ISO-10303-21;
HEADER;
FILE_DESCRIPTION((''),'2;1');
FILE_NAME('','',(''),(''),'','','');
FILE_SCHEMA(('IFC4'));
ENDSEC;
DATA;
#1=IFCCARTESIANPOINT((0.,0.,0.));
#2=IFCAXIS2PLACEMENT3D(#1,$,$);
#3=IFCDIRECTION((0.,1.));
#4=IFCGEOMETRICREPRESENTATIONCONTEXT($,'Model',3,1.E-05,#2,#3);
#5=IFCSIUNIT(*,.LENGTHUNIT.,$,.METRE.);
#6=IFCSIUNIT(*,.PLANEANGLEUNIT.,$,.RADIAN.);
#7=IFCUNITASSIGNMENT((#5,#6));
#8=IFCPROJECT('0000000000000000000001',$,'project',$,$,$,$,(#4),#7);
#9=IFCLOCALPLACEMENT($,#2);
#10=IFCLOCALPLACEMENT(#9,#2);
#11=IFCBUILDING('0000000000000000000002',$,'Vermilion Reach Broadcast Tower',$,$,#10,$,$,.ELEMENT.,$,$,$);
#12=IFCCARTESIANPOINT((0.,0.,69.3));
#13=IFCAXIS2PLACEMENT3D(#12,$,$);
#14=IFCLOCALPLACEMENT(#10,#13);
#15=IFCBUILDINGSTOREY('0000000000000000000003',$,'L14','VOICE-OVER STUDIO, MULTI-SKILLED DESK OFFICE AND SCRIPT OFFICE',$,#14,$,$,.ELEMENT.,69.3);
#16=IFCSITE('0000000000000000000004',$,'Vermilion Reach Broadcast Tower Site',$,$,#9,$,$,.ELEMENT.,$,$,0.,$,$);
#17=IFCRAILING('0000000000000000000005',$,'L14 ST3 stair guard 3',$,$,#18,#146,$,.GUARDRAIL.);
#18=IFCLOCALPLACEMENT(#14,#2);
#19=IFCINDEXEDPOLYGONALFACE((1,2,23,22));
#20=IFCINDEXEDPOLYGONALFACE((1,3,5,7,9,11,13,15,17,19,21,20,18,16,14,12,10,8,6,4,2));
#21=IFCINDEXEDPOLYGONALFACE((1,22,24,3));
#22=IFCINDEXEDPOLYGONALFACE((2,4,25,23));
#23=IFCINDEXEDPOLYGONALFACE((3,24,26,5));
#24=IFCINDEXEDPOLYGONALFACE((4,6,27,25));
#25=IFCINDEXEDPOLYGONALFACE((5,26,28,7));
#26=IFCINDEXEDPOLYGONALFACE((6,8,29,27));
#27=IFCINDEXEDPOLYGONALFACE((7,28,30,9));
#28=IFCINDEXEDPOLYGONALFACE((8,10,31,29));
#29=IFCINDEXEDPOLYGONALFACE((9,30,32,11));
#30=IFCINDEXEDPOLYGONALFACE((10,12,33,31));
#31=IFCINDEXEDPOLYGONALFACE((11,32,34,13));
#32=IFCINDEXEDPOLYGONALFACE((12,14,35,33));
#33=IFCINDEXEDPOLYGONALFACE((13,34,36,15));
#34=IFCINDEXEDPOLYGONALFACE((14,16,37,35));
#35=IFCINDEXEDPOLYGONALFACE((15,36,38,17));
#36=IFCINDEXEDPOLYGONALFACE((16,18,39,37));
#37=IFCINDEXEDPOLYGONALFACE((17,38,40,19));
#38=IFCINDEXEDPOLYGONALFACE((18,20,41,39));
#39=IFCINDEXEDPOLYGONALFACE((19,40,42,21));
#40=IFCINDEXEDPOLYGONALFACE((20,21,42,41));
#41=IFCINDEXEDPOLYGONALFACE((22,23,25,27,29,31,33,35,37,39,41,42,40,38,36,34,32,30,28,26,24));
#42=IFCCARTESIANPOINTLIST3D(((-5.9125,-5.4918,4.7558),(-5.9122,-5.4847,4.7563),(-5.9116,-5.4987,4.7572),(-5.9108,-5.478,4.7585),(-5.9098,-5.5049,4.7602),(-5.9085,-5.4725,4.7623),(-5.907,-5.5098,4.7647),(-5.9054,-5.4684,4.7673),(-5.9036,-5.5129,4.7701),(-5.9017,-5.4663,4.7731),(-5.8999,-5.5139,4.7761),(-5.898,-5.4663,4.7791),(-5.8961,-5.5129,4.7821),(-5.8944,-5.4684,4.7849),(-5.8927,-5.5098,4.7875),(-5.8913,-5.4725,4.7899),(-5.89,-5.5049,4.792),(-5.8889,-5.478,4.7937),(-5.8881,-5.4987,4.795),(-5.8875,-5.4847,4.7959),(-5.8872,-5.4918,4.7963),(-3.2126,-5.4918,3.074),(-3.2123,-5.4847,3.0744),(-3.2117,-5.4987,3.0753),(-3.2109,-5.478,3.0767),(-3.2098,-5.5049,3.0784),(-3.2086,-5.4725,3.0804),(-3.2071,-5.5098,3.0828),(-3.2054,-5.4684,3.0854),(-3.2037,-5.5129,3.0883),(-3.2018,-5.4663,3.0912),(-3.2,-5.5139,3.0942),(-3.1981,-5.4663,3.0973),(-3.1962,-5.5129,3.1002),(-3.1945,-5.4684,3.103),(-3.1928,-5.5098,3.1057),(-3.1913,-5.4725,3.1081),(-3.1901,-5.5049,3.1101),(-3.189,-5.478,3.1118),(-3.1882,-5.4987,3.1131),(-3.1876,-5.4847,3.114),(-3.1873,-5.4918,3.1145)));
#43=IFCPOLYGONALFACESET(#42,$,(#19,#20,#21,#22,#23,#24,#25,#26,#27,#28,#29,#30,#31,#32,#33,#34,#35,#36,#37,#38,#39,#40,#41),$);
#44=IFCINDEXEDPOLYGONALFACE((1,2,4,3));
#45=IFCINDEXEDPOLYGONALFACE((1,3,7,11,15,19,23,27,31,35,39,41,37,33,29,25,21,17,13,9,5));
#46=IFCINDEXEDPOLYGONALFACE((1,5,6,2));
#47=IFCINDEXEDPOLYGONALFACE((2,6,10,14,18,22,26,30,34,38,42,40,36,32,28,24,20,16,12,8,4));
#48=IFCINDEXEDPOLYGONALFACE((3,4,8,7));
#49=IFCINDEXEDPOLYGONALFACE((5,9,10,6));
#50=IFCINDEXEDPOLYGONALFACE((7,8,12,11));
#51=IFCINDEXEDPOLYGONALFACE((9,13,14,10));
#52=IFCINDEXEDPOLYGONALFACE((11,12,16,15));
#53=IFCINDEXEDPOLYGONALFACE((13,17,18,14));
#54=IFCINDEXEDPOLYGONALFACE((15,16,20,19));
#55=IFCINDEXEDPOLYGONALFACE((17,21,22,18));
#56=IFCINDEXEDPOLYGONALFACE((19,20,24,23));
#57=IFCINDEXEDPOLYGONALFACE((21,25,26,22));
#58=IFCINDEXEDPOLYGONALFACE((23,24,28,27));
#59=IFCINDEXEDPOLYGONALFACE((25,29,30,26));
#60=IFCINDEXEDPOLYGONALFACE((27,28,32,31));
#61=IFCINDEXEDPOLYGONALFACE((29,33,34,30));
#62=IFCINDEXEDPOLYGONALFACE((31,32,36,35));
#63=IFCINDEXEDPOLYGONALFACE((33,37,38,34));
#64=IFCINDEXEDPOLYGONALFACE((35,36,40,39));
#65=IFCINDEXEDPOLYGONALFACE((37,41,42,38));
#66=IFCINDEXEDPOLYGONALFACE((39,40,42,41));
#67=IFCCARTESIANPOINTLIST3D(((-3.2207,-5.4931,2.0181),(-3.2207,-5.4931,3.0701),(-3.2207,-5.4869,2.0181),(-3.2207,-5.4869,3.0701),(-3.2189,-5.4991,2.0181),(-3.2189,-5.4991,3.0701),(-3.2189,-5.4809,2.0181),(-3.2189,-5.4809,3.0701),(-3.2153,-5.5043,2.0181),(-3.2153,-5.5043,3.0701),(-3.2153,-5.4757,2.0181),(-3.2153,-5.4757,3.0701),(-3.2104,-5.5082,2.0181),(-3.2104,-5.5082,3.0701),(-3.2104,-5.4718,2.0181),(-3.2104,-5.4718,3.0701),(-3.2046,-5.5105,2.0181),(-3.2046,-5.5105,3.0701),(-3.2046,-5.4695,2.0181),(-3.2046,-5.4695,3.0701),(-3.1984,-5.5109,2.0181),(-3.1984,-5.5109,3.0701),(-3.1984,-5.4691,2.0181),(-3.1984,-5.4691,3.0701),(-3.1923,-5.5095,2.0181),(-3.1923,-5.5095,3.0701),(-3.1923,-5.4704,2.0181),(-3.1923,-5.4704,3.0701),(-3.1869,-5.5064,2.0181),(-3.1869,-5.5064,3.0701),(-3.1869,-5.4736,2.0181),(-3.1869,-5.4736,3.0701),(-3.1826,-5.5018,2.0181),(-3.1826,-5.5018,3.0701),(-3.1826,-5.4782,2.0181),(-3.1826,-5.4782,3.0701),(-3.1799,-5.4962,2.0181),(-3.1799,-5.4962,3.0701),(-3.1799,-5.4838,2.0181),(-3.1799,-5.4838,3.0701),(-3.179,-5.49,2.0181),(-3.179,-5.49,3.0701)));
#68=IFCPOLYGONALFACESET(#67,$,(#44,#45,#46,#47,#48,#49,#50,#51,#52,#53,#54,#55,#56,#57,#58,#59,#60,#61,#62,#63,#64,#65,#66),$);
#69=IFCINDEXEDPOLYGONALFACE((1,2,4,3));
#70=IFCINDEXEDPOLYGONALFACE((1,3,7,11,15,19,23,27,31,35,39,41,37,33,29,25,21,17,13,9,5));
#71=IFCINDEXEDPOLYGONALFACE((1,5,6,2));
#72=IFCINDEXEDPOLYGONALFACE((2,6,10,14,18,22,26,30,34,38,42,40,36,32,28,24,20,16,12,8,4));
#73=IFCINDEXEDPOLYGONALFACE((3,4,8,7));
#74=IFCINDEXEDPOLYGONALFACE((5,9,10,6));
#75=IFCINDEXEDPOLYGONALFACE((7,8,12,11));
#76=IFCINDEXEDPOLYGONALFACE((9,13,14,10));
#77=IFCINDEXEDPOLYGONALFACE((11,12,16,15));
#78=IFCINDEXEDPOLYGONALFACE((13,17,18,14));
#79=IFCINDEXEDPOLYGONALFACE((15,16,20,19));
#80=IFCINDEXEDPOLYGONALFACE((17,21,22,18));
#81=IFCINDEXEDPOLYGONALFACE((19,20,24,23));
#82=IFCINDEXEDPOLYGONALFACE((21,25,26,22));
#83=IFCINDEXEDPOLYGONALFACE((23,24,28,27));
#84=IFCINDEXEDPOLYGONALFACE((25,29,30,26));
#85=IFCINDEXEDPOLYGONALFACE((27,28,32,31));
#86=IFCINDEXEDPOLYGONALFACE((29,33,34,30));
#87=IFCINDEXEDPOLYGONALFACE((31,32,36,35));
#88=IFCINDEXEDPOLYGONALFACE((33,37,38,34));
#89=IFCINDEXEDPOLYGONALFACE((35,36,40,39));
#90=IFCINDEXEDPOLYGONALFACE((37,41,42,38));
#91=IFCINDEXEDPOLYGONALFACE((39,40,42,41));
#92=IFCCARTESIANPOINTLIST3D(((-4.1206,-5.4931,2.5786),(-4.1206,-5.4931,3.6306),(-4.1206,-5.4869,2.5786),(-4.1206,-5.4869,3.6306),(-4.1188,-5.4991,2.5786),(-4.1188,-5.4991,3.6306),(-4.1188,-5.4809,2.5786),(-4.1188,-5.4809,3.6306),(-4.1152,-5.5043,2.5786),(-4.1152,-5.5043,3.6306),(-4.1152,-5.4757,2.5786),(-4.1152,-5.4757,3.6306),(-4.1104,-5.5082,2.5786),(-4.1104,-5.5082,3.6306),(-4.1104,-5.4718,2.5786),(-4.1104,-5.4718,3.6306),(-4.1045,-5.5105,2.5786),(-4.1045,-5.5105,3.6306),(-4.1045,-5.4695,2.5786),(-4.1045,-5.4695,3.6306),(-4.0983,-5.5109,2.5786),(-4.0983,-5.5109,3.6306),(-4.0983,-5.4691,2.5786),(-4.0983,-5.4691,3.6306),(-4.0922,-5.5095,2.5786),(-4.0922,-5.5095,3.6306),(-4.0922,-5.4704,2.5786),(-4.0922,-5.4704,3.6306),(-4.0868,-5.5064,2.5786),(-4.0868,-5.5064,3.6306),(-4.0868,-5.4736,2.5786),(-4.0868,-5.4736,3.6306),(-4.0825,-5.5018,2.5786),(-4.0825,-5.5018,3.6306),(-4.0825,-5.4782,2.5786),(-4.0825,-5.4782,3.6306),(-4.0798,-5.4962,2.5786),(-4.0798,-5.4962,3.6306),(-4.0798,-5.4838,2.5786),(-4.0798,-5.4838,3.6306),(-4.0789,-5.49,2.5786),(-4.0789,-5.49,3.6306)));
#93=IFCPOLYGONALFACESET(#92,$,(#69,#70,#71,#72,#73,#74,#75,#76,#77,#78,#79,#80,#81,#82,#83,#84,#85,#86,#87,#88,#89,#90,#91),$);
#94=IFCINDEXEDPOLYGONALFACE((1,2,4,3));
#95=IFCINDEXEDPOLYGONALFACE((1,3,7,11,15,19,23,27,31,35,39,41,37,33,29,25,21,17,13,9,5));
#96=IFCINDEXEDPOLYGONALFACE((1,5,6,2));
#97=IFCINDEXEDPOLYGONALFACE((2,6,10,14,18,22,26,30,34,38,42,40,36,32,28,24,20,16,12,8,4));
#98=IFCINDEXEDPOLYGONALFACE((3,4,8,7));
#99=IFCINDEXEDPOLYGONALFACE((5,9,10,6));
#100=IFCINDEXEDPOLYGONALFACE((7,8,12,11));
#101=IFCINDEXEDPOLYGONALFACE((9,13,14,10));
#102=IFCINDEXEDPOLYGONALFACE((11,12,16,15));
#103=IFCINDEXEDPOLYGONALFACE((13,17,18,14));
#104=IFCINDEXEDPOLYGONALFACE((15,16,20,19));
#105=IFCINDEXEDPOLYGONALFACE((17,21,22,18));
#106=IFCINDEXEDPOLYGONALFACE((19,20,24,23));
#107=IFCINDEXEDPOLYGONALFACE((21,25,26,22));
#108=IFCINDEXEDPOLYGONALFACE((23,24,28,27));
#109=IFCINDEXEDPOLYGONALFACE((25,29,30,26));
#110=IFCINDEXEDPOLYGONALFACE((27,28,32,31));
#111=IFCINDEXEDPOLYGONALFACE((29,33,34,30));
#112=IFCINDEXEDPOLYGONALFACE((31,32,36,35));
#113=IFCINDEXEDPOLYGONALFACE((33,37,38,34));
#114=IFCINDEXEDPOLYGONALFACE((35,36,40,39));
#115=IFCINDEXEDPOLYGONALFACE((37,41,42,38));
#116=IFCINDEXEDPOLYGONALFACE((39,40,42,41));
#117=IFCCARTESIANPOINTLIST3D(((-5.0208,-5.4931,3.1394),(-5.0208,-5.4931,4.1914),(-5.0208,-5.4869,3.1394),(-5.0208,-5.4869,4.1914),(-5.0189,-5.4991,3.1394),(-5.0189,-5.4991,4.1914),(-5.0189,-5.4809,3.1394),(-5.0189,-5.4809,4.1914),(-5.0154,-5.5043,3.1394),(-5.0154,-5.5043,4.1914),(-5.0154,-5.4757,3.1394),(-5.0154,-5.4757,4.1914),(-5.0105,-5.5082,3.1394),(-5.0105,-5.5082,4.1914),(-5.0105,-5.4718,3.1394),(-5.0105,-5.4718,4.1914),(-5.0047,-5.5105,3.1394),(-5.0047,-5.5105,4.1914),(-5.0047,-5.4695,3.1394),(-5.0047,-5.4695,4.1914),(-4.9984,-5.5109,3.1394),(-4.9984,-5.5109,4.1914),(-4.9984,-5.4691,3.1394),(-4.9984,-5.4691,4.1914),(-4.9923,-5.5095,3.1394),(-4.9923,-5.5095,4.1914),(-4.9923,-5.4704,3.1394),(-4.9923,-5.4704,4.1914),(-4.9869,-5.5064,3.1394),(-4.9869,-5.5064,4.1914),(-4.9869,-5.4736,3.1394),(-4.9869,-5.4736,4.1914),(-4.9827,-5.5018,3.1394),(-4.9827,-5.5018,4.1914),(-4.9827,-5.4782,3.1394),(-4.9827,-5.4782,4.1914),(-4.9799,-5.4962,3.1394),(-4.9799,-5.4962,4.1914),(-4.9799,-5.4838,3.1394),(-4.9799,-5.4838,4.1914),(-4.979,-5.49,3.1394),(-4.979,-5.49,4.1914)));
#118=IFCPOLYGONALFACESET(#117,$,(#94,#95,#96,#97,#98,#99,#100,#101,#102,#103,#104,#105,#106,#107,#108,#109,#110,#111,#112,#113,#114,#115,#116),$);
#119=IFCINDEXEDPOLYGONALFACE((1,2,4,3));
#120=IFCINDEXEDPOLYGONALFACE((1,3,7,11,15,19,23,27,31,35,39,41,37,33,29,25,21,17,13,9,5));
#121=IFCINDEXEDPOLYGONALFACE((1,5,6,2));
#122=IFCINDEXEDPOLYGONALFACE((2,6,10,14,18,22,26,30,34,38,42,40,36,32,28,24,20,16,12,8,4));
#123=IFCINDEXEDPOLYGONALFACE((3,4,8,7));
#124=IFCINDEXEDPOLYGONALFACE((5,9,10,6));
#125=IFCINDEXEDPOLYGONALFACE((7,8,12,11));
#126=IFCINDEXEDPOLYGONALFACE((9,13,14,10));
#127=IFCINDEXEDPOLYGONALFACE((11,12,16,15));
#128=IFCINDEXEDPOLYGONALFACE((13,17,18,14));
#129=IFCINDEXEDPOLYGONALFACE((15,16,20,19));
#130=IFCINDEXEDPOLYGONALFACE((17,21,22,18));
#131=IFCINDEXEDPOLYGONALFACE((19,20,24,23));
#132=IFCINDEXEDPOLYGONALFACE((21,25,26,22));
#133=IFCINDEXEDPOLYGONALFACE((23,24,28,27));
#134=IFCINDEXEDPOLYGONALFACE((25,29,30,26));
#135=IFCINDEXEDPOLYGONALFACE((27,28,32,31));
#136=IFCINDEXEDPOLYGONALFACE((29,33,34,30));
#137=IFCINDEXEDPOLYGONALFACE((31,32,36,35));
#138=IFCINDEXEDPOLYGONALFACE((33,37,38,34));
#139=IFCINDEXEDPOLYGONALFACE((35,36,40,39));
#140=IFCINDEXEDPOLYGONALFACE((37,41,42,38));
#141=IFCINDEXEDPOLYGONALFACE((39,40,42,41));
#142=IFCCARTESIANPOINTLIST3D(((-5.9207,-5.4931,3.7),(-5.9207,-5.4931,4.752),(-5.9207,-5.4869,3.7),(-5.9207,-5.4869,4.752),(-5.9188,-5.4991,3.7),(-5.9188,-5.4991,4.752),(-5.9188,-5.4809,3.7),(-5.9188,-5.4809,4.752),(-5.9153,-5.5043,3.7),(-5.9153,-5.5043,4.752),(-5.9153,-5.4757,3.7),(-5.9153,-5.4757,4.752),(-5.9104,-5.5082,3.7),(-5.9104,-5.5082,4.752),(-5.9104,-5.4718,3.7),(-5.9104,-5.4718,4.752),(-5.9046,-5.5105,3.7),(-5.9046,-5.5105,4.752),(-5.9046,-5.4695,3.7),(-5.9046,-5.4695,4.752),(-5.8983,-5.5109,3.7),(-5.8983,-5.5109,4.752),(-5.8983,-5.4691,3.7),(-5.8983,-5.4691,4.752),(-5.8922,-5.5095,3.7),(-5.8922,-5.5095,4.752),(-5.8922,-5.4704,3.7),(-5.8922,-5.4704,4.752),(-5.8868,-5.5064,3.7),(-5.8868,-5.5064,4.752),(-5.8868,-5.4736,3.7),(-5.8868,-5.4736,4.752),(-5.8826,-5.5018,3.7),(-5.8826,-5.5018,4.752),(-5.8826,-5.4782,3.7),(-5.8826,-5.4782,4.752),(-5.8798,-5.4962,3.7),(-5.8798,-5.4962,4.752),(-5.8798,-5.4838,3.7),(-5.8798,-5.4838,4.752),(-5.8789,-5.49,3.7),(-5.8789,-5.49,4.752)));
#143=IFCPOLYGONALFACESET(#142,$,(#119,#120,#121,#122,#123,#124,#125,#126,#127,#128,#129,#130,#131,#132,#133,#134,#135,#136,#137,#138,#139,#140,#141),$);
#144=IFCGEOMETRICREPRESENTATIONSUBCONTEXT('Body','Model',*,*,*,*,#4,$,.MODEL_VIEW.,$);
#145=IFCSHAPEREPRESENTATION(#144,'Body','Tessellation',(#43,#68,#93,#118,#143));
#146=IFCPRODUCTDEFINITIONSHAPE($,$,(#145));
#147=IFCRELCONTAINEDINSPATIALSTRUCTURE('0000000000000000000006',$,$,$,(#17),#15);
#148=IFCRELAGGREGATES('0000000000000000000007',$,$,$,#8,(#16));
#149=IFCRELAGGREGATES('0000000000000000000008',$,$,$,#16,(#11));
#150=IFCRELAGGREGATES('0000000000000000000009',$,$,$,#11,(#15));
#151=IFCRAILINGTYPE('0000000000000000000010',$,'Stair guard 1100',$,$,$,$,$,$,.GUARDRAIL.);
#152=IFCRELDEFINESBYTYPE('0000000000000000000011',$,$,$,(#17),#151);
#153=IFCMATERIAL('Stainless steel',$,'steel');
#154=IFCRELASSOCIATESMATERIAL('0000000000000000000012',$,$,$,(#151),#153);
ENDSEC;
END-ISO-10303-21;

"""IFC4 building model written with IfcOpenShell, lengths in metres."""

from ifc_helpers import new_model, si_unit, direction, frame, origin, origin_2d, place, context, subcontext, project, spatial, circle, extrude, material, type_object, element, save


model = new_model("IFC4")

# Units and contexts
model_context = context("Model", 3, precision=1e-05, world=origin(), true_north=direction((0.0, 1.0)))
body_context = subcontext(model_context, "Body", "Model", "MODEL_VIEW")
ifc_project = project(units=[si_unit("LENGTHUNIT", "METRE"), si_unit("PLANEANGLEUNIT", "RADIAN")], contexts=[model_context])

# Site, building, storey
site_placement = place(None, origin())
site = spatial("IfcSite", under=ifc_project, at=site_placement, Name="Vermilion Reach Broadcast Tower Site", CompositionType="ELEMENT", RefElevation=0.0)
building_placement = place(site_placement, origin())
building = spatial("IfcBuilding", under=site, at=building_placement, Name="Vermilion Reach Broadcast Tower", CompositionType="ELEMENT")
storey_placement = place(building_placement, frame((0.0, 0.0, 69.3)))
storey = spatial("IfcBuildingStorey", under=building, at=storey_placement, Name="L14", Description="VOICE-OVER STUDIO, MULTI-SKILLED DESK OFFICE AND SCRIPT OFFICE", CompositionType="ELEMENT", Elevation=69.3)

# Railing
ifc_material_1 = material(Name="Stainless steel", Category="steel")
railing_type_1 = type_object("IfcRailingType", Name="Stair guard 1100", PredefinedType="GUARDRAIL", material=ifc_material_1)
railing_1_placement = place(storey_placement, frame((-3.2, -5.49, 2.0181)))
element("IfcRailing", 1, at=railing_1_placement, inside=storey, type_object=railing_type_1, Name="L14 ST3 stair guard 3", PredefinedType="GUARDRAIL", context=body_context, shape_type="SweptSolid", body=[
    extrude(circle(Radius=0.0239, at=origin_2d()), frame((0.0, 0.0, 1.0762), z_axis=(-0.848786, 0.0, 0.528736), x_axis=(0.0, -1.0, 0.0)), (0.0, 0.0, 1.0), 3.1809),
    extrude(circle(Radius=0.021, at=origin_2d()), origin(), (0.0, 0.0, 1.0), 1.052),
    extrude(circle(Radius=0.021, at=origin_2d()), frame((-0.8999, 0.0, 0.5605)), (0.0, 0.0, 1.0), 1.052),
    extrude(circle(Radius=0.021, at=origin_2d()), frame((-1.8, 0.0, 1.1213)), (0.0, 0.0, 1.0), 1.052),
    extrude(circle(Radius=0.021, at=origin_2d()), frame((-2.7, 0.0, 1.6819)), (0.0, 0.0, 1.0), 1.052),
])

save(model, "model.ifc")
